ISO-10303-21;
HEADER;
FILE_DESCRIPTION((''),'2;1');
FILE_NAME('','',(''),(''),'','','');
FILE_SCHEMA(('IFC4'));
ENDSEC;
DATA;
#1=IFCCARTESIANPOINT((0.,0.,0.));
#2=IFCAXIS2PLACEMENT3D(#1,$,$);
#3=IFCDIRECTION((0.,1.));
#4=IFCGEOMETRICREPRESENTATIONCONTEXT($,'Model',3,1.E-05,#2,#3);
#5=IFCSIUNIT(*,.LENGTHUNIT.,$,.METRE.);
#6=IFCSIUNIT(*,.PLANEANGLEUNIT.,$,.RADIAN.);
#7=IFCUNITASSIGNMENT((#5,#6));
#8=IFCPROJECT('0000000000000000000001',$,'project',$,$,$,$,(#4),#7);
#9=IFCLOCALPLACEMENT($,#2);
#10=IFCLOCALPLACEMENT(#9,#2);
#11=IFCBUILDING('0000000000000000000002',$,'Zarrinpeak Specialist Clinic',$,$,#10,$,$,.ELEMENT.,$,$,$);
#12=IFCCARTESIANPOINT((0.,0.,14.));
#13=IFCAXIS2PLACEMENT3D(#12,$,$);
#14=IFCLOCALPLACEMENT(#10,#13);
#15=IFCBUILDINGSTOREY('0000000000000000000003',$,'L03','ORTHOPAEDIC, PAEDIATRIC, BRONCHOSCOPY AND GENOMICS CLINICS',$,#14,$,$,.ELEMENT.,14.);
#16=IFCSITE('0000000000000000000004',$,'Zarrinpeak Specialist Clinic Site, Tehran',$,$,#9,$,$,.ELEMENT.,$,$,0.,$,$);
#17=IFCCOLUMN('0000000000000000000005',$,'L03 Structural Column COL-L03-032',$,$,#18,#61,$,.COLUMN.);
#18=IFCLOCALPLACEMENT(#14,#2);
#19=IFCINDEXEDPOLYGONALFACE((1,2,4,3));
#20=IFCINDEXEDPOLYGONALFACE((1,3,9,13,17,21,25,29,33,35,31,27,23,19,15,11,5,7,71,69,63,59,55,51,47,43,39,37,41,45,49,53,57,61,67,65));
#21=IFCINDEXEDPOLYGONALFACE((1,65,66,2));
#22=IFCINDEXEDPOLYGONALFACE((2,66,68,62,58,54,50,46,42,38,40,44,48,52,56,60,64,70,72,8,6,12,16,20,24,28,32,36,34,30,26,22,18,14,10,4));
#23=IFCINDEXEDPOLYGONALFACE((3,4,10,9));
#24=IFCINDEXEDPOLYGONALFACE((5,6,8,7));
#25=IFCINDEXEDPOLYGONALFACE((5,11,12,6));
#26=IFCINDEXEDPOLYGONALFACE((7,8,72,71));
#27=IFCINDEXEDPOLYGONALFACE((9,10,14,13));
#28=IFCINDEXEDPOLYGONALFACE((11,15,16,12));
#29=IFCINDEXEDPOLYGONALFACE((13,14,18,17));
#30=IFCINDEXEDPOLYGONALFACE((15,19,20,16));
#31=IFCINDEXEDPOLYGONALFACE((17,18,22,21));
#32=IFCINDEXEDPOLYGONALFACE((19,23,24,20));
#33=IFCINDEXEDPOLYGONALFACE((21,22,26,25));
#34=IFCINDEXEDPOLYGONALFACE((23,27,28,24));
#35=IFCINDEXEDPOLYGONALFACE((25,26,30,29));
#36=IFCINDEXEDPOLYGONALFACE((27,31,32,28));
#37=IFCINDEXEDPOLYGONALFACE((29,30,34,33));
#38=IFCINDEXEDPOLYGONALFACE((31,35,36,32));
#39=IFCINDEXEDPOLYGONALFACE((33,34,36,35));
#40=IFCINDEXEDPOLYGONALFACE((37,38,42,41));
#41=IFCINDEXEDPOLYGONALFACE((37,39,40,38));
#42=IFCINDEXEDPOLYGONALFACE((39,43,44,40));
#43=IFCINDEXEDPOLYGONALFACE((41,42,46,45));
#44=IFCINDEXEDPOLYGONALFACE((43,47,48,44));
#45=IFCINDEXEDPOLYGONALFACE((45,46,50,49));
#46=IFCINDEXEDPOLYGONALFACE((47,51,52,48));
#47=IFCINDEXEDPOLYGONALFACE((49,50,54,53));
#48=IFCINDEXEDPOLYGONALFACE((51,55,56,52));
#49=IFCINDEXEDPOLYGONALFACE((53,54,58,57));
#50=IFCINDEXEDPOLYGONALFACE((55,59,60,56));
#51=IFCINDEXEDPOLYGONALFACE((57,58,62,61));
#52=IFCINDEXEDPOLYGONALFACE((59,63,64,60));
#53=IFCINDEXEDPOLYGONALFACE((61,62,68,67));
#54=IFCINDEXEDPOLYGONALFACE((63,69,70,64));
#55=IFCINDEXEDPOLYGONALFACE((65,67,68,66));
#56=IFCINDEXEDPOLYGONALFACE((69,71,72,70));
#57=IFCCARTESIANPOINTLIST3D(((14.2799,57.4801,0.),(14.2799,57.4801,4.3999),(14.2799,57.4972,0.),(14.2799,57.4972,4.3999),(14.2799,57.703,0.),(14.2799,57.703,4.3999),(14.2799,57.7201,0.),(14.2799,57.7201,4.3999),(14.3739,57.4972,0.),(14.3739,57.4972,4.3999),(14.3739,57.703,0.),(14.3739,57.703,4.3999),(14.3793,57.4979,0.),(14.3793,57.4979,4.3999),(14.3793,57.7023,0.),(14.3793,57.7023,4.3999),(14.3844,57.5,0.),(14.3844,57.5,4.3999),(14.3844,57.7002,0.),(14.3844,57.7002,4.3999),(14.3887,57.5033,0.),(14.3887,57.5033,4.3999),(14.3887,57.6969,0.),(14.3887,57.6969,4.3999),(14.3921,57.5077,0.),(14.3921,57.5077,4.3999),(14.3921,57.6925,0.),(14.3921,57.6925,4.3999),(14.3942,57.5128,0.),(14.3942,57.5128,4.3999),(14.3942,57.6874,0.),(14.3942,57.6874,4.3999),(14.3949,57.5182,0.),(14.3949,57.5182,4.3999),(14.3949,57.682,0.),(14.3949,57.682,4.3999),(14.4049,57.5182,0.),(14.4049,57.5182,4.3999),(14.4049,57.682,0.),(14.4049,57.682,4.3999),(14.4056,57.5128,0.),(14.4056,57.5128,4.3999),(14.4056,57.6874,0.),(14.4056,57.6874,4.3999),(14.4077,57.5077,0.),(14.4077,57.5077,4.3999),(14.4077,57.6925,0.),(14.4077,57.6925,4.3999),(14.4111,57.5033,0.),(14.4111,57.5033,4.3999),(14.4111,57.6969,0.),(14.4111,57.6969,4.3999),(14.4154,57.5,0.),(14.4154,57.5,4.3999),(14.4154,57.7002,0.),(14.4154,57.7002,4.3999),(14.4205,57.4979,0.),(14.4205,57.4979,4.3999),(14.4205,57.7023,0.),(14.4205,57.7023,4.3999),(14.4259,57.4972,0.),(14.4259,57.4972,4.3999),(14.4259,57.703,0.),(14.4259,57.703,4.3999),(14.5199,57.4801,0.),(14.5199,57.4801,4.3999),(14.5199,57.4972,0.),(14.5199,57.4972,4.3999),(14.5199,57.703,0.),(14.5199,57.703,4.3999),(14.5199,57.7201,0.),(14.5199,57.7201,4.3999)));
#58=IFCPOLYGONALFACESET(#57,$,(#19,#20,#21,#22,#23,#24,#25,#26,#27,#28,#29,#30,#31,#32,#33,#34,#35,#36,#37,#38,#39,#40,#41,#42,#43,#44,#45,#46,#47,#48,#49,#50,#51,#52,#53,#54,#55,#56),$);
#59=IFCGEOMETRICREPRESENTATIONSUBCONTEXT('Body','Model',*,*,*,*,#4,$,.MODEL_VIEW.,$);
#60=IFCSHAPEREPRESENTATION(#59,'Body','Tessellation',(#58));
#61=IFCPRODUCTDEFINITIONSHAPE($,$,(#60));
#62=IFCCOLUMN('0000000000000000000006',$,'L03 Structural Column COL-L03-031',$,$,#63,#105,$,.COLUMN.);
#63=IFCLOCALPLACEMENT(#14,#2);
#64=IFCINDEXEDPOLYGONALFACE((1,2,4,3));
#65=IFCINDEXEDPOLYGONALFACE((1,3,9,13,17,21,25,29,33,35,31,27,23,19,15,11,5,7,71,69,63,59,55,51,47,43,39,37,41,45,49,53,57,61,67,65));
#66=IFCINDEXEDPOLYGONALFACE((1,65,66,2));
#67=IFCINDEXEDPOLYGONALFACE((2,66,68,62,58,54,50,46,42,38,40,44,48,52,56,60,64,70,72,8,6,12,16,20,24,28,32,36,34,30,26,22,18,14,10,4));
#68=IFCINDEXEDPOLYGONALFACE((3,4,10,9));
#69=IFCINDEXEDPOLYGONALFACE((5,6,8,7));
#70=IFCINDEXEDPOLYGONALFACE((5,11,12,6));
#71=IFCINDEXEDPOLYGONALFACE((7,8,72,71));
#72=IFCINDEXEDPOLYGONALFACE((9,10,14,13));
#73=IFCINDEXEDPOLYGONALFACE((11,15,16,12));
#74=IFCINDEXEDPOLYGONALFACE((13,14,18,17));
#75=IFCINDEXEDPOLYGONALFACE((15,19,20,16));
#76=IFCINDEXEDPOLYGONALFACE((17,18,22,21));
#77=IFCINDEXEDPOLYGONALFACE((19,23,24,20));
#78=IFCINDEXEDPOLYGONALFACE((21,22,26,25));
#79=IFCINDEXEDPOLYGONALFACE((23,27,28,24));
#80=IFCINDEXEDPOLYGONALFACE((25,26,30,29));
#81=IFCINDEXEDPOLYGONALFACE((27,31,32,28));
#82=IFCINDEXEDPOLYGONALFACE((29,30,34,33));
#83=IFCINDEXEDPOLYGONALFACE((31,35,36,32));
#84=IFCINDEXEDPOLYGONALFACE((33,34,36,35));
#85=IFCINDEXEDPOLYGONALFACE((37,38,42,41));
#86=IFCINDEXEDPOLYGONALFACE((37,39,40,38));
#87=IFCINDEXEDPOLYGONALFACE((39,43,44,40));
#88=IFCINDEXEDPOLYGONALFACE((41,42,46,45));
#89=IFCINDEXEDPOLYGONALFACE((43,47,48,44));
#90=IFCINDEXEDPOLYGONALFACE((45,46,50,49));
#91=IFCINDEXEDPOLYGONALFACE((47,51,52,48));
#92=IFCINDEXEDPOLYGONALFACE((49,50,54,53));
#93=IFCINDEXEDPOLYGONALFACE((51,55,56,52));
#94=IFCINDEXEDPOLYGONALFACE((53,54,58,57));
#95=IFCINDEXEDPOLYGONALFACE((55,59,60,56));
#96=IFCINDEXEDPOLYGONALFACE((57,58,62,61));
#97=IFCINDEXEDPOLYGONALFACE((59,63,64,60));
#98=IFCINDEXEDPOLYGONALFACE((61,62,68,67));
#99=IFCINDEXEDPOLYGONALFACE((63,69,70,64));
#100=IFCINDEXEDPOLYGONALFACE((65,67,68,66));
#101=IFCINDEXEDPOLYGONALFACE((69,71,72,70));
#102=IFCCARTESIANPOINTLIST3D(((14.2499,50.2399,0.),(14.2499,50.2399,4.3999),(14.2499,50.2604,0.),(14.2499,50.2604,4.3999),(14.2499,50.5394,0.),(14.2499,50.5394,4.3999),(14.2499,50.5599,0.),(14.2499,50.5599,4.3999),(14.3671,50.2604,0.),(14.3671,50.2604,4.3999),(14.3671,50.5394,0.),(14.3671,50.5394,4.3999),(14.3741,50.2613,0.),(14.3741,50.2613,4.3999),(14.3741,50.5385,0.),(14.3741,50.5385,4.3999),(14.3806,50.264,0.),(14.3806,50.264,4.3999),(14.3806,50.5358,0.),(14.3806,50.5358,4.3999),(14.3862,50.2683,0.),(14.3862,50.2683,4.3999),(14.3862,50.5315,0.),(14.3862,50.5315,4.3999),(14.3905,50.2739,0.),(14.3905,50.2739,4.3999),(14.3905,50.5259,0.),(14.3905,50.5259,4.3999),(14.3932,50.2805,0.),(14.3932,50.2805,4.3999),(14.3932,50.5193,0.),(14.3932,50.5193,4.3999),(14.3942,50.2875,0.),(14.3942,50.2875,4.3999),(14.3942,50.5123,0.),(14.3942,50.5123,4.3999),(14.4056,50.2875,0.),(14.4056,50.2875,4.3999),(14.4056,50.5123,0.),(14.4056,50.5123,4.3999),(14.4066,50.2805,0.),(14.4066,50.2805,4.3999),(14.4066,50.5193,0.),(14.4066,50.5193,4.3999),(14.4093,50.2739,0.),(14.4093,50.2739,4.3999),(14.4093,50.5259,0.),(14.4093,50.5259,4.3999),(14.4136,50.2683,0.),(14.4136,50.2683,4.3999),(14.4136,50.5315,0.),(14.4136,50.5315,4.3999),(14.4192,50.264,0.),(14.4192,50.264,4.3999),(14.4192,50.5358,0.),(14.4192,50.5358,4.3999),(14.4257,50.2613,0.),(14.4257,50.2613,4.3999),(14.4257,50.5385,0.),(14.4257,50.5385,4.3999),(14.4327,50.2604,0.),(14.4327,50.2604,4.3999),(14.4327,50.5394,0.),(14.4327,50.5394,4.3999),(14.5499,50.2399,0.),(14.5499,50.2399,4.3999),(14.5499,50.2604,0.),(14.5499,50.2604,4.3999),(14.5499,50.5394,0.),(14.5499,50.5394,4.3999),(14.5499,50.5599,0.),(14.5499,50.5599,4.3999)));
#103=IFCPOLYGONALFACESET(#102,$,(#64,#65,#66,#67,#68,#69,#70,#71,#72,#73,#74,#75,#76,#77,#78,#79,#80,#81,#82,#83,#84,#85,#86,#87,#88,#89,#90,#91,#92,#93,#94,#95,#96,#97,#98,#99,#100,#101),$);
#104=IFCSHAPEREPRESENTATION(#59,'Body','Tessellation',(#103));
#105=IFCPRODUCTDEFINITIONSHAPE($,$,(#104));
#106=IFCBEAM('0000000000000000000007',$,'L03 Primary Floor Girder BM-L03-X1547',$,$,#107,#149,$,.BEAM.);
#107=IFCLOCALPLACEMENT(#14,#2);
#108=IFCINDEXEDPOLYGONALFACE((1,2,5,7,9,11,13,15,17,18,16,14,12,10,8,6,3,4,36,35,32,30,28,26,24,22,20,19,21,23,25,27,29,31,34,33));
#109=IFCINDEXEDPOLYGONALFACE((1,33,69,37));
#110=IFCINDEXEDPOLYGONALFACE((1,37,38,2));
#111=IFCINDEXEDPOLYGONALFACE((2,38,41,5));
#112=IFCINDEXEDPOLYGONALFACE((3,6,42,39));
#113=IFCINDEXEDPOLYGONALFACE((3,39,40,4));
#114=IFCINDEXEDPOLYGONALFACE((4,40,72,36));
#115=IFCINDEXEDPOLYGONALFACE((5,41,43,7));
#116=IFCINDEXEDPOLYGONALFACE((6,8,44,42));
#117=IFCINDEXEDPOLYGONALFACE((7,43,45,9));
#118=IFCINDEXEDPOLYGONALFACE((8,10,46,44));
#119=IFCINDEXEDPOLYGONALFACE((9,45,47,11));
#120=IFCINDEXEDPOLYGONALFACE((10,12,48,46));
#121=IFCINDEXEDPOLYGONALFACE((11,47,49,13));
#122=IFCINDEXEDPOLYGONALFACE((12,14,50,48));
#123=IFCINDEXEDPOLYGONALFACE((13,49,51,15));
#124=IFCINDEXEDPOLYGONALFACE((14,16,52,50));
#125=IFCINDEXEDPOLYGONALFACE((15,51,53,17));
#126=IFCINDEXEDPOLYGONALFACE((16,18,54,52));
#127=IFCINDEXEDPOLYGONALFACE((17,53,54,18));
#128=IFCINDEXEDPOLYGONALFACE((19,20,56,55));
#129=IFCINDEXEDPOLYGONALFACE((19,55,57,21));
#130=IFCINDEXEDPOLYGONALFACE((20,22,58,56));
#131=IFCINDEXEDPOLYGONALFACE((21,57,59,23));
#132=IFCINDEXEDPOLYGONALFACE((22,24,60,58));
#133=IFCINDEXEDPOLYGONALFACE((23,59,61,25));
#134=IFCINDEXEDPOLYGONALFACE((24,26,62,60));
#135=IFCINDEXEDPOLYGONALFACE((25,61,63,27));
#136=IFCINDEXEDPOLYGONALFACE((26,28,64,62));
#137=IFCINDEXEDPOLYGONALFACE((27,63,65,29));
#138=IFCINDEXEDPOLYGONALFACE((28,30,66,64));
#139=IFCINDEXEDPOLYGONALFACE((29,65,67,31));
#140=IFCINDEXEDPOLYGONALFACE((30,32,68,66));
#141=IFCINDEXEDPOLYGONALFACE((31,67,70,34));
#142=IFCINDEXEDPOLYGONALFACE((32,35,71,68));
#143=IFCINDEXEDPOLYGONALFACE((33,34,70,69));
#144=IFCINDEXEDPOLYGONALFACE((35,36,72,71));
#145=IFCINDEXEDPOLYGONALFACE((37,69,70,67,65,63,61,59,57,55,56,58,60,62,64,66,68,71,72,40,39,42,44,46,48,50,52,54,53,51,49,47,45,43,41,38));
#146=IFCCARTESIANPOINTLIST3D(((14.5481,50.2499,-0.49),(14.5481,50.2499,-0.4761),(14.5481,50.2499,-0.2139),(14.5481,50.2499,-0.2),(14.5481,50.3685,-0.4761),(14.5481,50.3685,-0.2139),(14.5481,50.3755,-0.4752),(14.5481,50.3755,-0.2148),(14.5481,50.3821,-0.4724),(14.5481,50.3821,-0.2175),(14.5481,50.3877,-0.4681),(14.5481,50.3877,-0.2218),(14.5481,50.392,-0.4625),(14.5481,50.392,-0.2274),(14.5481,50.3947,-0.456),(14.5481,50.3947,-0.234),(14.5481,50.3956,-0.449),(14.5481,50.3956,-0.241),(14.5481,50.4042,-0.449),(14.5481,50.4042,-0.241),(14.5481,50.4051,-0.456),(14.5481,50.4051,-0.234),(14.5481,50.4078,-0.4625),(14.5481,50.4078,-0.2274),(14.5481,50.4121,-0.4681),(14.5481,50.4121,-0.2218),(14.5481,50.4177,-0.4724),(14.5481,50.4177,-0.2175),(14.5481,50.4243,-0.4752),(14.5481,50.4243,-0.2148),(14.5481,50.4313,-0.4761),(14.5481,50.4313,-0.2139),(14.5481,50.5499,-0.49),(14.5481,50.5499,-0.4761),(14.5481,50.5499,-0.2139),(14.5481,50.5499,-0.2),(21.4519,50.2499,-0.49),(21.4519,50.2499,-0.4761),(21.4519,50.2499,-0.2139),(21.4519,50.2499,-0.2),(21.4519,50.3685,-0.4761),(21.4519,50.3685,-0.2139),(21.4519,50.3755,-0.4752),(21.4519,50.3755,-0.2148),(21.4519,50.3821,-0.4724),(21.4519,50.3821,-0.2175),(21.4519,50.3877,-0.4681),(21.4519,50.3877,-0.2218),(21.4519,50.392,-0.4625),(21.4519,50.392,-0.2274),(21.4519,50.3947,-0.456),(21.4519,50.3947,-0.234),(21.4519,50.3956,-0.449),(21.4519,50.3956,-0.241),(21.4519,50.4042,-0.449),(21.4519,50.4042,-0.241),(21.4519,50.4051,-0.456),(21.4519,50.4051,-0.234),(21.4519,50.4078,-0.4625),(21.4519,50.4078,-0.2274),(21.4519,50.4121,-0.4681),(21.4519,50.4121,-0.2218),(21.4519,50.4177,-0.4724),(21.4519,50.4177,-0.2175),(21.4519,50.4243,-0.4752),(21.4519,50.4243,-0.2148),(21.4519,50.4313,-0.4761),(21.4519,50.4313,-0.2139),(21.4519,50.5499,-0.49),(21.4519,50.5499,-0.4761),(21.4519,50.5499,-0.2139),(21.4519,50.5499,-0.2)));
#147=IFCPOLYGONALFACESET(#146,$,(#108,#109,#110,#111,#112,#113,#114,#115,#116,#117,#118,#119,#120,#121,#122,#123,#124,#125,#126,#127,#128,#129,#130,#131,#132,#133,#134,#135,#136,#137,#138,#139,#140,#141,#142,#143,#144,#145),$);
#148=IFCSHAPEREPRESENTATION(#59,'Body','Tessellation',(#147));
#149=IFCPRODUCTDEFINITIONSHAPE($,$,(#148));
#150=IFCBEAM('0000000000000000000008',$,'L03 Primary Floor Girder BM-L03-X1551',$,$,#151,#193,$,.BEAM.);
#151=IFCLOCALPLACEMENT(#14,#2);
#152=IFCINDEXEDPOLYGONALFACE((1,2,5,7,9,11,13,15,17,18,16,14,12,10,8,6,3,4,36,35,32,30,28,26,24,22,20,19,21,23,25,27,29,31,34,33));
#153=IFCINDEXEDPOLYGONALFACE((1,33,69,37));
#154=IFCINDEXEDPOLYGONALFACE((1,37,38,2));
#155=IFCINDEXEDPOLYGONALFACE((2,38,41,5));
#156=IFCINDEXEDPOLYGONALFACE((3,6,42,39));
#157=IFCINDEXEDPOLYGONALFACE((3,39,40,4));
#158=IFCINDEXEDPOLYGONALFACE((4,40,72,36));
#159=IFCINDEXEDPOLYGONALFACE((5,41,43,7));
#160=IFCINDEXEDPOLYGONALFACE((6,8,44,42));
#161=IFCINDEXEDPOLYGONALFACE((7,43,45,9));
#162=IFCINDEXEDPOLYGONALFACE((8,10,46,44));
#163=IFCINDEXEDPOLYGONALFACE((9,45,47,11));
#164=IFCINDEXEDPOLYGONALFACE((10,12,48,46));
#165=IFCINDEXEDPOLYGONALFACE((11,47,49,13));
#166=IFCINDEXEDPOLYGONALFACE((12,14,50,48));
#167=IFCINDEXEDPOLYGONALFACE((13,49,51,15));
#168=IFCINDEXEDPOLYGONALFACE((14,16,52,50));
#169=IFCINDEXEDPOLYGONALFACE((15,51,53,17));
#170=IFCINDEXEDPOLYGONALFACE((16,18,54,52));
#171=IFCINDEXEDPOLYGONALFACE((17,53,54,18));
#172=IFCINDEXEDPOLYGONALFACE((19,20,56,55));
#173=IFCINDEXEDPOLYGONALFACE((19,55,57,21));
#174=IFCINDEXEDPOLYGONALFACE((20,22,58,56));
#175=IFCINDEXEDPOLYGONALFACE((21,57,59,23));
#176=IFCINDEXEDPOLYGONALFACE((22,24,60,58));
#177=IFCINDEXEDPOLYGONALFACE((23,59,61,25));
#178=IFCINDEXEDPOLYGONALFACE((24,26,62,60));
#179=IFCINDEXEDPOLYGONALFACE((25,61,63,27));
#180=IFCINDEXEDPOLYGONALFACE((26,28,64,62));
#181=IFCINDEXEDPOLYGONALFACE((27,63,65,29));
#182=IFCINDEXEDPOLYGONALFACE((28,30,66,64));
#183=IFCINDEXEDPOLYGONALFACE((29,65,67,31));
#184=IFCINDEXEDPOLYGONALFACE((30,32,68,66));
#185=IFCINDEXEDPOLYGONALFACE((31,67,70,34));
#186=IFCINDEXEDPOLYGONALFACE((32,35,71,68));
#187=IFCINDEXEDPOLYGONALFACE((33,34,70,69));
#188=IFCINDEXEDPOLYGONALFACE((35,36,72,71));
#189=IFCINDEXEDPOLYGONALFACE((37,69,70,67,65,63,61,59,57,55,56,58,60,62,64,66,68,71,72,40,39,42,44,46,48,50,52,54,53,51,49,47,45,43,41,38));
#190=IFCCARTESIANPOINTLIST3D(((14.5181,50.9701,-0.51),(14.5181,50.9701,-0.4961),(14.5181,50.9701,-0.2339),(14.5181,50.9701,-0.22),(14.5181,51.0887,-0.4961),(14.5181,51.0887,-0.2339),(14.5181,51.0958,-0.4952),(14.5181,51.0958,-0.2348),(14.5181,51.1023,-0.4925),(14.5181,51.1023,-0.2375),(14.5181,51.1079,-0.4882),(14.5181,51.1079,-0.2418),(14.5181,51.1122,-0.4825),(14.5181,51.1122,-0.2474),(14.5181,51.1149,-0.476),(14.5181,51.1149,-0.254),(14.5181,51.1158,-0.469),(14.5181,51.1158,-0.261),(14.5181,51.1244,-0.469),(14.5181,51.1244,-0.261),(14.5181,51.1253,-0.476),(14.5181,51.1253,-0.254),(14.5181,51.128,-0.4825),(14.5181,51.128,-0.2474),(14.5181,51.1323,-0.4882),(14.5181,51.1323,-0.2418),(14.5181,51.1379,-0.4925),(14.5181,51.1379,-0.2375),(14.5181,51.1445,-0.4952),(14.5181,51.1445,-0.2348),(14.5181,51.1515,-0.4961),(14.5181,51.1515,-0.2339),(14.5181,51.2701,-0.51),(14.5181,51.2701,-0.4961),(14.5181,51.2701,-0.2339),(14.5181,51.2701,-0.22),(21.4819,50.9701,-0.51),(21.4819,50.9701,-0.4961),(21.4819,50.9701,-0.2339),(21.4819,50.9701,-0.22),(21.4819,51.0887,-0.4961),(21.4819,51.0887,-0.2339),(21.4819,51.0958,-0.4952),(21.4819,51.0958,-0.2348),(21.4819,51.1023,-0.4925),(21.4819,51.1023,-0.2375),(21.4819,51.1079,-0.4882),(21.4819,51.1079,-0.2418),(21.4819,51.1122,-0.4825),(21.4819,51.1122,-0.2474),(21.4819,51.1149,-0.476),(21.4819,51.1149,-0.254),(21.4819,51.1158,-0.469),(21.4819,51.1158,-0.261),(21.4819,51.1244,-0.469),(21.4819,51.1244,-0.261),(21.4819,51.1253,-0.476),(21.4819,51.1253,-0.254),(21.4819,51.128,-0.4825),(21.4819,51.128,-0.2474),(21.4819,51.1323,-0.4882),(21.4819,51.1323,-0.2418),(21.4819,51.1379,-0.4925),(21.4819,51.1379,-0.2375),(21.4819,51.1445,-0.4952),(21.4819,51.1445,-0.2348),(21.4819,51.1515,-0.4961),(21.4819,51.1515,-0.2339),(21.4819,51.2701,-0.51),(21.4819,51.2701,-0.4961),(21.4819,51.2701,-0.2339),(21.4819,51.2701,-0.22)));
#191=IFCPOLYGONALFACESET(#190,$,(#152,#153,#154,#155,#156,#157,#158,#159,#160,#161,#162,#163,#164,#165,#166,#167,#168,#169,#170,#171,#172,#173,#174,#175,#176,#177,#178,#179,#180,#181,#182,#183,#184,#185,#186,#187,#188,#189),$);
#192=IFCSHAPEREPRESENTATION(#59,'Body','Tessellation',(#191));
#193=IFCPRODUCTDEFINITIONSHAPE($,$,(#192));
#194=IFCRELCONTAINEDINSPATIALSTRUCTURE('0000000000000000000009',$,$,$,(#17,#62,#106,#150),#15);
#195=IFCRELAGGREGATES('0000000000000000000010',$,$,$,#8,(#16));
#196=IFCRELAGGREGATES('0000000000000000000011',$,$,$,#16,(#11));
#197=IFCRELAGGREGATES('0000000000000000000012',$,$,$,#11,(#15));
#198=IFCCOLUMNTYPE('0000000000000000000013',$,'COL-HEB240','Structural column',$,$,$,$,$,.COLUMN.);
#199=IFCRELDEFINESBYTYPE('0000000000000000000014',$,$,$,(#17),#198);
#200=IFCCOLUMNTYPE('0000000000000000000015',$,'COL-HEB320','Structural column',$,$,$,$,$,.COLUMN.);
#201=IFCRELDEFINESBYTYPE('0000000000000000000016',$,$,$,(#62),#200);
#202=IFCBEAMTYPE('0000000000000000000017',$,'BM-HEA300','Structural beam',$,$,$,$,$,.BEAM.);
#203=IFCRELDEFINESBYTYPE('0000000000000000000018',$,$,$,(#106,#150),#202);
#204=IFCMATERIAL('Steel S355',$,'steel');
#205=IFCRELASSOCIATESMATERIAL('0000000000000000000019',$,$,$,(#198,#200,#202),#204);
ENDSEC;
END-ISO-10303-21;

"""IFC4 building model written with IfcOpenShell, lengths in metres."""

from ifc_helpers import new_model, si_unit, direction, frame, origin, origin_2d, place, context, subcontext, project, spatial, i_section, extrude, material, material_profile, profile_set, type_object, element, save


model = new_model("IFC4")

# Units and contexts
model_context = context("Model", 3, precision=1e-05, world=origin(), true_north=direction((0.0, 1.0)))
body_context = subcontext(model_context, "Body", "Model", "MODEL_VIEW")
ifc_project = project(units=[si_unit("LENGTHUNIT", "METRE"), si_unit("PLANEANGLEUNIT", "RADIAN")], contexts=[model_context])

# Site, building, storey
site_placement = place(None, origin())
site = spatial("IfcSite", under=ifc_project, at=site_placement, Name="Zarrinpeak Specialist Clinic Site, Tehran", CompositionType="ELEMENT", RefElevation=0.0)
building_placement = place(site_placement, origin())
building = spatial("IfcBuilding", under=site, at=building_placement, Name="Zarrinpeak Specialist Clinic", CompositionType="ELEMENT")
storey_placement = place(building_placement, frame((0.0, 0.0, 14.0)))
storey = spatial("IfcBuildingStorey", under=building, at=storey_placement, Name="L03", Description="ORTHOPAEDIC, PAEDIATRIC, BRONCHOSCOPY AND GENOMICS CLINICS", CompositionType="ELEMENT", Elevation=14.0)

# Columns
ifc_material_1 = material(Name="Steel S355", Category="steel")
ifc_material_profile_1 = material_profile(ifc_material_1, i_section(OverallWidth=0.24, OverallDepth=0.24, WebThickness=0.01, FlangeThickness=0.0171, FilletRadius=0.021, at=origin_2d()), Name="HEB 240")
ifc_profile_set_1 = profile_set([ifc_material_profile_1], Name="Steel S355")
column_type_1 = type_object("IfcColumnType", Name="COL-HEB240", Description="Structural column", PredefinedType="COLUMN", material=ifc_profile_set_1)
column_1_placement = place(storey_placement, frame((14.3999, 57.6001, 0.0), z_axis=(0.0, 0.0, 1.0), x_axis=(1.0, 0.0, 0.0)))
element("IfcColumn", 1, at=column_1_placement, inside=storey, type_object=column_type_1, Name="L03 Structural Column COL-L03-032", PredefinedType="COLUMN", context=body_context, shape_type="SweptSolid", body=[
    extrude(i_section(OverallWidth=0.24, OverallDepth=0.24, WebThickness=0.01, FlangeThickness=0.0171, FilletRadius=0.021, at=origin_2d()), origin(), (0.0, 0.0, 1.0), 4.3999),
])
ifc_material_profile_2 = material_profile(ifc_material_1, i_section(OverallWidth=0.3, OverallDepth=0.3201, WebThickness=0.0115, FlangeThickness=0.0205, FilletRadius=0.0271, at=origin_2d()), Name="HEB 320")
ifc_profile_set_2 = profile_set([ifc_material_profile_2], Name="Steel S355")
column_type_2 = type_object("IfcColumnType", Name="COL-HEB320", Description="Structural column", PredefinedType="COLUMN", material=ifc_profile_set_2)
column_2_placement = place(storey_placement, frame((14.3999, 50.3999, 0.0), z_axis=(0.0, 0.0, 1.0), x_axis=(1.0, 0.0, 0.0)))
element("IfcColumn", 2, at=column_2_placement, inside=storey, type_object=column_type_2, Name="L03 Structural Column COL-L03-031", PredefinedType="COLUMN", context=body_context, shape_type="SweptSolid", body=[
    extrude(i_section(OverallWidth=0.3, OverallDepth=0.3201, WebThickness=0.0115, FlangeThickness=0.0205, FilletRadius=0.0271, at=origin_2d()), origin(), (0.0, 0.0, 1.0), 4.3999),
])

# Beams
ifc_material_profile_3 = material_profile(ifc_material_1, i_section(OverallWidth=0.3, OverallDepth=0.29, WebThickness=0.0085, FlangeThickness=0.0139, FilletRadius=0.0271, at=origin_2d()), Name="HEA 300")
ifc_profile_set_3 = profile_set([ifc_material_profile_3], Name="Steel S355")
beam_type = type_object("IfcBeamType", Name="BM-HEA300", Description="Structural beam", PredefinedType="BEAM", material=ifc_profile_set_3)
beam_1_placement = place(storey_placement, frame((14.5481, 50.3999, -0.345), z_axis=(1.0, 0.0, 0.0), x_axis=(0.0, 1.0, 0.0)))
element("IfcBeam", 3, at=beam_1_placement, inside=storey, type_object=beam_type, Name="L03 Primary Floor Girder BM-L03-X1547", PredefinedType="BEAM", context=body_context, shape_type="SweptSolid", body=[
    extrude(i_section(OverallWidth=0.3, OverallDepth=0.29, WebThickness=0.0085, FlangeThickness=0.0139, FilletRadius=0.0271, at=origin_2d()), origin(), (0.0, 0.0, 1.0), 6.9038),
])
beam_2_placement = place(storey_placement, frame((14.5181, 51.1201, -0.365), z_axis=(1.0, 0.0, 0.0), x_axis=(0.0, 1.0, 0.0)))
element("IfcBeam", 4, at=beam_2_placement, inside=storey, type_object=beam_type, Name="L03 Primary Floor Girder BM-L03-X1551", PredefinedType="BEAM", context=body_context, shape_type="SweptSolid", body=[
    extrude(i_section(OverallWidth=0.3, OverallDepth=0.29, WebThickness=0.0085, FlangeThickness=0.0139, FilletRadius=0.0271, at=origin_2d()), origin(), (0.0, 0.0, 1.0), 6.9639),
])

save(model, "model.ifc")
